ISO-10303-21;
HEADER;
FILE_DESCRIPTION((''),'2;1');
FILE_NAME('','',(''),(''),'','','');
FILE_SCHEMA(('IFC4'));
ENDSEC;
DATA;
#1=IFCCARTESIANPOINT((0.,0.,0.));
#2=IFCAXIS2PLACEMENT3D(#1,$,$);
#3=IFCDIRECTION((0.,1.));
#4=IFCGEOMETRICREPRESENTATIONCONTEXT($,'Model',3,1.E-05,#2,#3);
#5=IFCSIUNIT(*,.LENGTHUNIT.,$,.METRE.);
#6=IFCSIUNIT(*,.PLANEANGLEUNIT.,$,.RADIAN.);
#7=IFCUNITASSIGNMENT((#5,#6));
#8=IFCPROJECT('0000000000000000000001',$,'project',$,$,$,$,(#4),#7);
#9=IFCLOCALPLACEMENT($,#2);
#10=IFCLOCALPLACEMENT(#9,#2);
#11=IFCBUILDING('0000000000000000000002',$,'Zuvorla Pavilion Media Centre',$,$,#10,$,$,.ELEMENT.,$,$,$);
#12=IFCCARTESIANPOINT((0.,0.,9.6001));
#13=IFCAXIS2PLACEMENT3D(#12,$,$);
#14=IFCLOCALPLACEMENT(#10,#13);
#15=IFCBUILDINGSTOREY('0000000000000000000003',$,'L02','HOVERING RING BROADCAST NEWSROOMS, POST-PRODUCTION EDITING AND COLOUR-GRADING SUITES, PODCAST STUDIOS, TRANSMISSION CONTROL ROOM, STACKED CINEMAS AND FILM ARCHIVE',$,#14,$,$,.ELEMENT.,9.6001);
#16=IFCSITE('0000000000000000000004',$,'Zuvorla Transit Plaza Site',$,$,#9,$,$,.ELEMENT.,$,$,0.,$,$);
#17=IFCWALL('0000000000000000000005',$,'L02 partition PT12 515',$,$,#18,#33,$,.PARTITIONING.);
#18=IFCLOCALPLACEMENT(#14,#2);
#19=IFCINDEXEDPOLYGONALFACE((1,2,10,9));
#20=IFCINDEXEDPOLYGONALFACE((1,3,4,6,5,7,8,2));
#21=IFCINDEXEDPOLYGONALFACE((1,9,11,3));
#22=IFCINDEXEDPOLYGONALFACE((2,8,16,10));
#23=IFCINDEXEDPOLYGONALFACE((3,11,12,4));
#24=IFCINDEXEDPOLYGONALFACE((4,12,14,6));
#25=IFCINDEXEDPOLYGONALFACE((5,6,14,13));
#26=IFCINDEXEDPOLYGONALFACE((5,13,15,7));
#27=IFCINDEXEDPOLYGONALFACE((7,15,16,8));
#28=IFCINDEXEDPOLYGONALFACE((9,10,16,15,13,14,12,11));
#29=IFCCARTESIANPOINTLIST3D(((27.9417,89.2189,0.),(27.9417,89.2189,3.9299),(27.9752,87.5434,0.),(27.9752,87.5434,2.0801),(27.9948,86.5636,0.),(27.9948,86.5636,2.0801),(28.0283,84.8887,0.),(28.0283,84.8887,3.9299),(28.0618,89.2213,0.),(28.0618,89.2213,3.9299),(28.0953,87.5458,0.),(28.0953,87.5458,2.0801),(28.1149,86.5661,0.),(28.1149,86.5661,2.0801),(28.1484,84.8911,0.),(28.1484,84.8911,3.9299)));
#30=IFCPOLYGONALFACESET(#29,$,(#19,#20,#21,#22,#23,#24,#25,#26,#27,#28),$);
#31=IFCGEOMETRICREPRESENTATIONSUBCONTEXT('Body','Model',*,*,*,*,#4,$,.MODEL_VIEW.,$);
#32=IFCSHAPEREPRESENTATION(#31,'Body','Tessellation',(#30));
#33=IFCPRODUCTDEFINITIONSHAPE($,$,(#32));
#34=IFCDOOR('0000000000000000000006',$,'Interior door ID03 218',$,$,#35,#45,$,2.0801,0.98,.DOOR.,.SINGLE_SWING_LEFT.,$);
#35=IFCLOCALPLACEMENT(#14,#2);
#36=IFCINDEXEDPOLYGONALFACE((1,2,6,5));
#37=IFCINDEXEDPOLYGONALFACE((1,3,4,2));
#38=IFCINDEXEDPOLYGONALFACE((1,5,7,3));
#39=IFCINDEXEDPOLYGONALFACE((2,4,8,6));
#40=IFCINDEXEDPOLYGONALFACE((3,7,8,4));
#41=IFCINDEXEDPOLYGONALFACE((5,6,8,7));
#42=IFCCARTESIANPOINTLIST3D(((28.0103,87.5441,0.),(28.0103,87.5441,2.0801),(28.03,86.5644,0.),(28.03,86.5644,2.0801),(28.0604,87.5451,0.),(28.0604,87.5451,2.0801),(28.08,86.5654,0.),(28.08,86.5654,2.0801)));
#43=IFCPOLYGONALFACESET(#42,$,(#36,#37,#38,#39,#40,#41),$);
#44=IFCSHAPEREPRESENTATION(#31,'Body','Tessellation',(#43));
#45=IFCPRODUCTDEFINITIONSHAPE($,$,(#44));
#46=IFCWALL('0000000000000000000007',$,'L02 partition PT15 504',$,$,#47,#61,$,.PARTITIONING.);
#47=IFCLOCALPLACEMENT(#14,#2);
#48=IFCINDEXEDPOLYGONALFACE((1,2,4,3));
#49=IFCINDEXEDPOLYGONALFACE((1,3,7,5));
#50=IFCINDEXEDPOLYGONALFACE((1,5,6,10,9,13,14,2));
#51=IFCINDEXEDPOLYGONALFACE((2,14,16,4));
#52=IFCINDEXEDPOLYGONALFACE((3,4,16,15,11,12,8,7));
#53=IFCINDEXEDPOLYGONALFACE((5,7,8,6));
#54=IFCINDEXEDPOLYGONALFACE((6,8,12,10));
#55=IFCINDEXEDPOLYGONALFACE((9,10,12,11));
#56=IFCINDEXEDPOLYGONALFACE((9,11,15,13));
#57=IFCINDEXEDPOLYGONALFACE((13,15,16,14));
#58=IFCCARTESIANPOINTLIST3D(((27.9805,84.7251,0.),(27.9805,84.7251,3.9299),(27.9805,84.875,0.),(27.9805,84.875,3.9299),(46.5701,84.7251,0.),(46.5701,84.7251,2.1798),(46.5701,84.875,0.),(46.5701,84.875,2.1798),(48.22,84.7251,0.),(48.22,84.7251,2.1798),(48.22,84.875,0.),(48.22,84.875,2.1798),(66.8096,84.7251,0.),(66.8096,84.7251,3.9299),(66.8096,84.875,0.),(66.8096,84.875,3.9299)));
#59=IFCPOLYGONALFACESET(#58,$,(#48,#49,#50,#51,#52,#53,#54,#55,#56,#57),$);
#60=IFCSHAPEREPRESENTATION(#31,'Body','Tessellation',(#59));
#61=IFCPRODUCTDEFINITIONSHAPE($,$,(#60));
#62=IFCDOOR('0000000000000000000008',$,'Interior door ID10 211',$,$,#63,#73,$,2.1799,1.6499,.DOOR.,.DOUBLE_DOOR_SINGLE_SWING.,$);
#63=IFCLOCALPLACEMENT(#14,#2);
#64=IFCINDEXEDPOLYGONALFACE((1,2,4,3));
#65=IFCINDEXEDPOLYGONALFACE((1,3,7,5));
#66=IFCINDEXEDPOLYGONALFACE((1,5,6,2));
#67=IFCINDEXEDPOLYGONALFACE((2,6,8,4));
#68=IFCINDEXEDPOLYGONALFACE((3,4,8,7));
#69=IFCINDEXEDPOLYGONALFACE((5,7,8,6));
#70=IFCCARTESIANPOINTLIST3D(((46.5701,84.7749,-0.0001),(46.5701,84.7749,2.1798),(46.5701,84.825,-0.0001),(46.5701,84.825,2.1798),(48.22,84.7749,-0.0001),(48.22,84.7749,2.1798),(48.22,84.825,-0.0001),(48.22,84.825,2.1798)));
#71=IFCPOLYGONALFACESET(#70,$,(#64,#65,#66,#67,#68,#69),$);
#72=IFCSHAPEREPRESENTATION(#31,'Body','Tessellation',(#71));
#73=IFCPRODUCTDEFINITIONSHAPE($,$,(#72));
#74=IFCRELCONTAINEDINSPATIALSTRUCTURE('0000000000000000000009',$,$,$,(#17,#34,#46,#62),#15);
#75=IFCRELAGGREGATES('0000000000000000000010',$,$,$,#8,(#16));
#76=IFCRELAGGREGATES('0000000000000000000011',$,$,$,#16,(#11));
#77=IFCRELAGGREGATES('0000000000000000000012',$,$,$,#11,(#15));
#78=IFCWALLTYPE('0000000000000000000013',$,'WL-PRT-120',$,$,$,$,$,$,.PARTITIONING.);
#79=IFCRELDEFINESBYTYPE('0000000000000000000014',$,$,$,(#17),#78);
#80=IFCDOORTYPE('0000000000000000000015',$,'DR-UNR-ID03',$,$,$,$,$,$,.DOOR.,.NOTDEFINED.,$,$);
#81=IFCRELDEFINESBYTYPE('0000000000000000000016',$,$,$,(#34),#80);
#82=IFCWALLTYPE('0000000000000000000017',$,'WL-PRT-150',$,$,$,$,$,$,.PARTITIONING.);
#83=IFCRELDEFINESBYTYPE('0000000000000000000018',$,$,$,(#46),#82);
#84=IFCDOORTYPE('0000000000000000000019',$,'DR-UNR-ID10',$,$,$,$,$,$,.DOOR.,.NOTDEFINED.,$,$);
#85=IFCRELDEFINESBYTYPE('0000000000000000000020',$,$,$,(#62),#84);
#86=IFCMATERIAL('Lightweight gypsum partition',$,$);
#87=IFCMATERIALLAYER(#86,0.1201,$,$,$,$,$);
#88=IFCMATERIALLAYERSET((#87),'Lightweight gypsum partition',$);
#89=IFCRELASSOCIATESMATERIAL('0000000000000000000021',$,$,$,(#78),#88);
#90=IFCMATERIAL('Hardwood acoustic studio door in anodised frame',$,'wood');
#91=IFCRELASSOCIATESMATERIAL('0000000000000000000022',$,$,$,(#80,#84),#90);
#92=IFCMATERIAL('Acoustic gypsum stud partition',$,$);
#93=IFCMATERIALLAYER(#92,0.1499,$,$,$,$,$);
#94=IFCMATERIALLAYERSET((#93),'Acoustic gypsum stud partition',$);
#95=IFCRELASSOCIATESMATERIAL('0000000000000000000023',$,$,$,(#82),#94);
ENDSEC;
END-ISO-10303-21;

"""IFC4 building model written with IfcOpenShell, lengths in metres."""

from ifc_helpers import new_model, si_unit, direction, frame, frame_2d, origin, place, context, subcontext, project, spatial, rectangle, extrude, material, layer, layer_set, type_object, element, fill, save


model = new_model("IFC4")

# Units and contexts
model_context = context("Model", 3, precision=1e-05, world=origin(), true_north=direction((0.0, 1.0)))
body_context = subcontext(model_context, "Body", "Model", "MODEL_VIEW")
ifc_project = project(units=[si_unit("LENGTHUNIT", "METRE"), si_unit("PLANEANGLEUNIT", "RADIAN")], contexts=[model_context])

# Site, building, storey
site_placement = place(None, origin())
site = spatial("IfcSite", under=ifc_project, at=site_placement, Name="Zuvorla Transit Plaza Site", CompositionType="ELEMENT", RefElevation=0.0)
building_placement = place(site_placement, origin())
building = spatial("IfcBuilding", under=site, at=building_placement, Name="Zuvorla Pavilion Media Centre", CompositionType="ELEMENT")
storey_placement = place(building_placement, frame((0.0, 0.0, 9.6001)))
storey = spatial("IfcBuildingStorey", under=building, at=storey_placement, Name="L02", Description="HOVERING RING BROADCAST NEWSROOMS, POST-PRODUCTION EDITING AND COLOUR-GRADING SUITES, PODCAST STUDIOS, TRANSMISSION CONTROL ROOM, STACKED CINEMAS AND FILM ARCHIVE", CompositionType="ELEMENT", Elevation=9.6001)

# Walls, openings, doors
ifc_material_1 = material(Name="Lightweight gypsum partition")
ifc_layer_1 = layer(ifc_material_1, 0.1201)
ifc_layer_set_1 = layer_set([ifc_layer_1], Name="Lightweight gypsum partition")
wall_type_1 = type_object("IfcWallType", Name="WL-PRT-120", PredefinedType="PARTITIONING", material=ifc_layer_set_1)
wall_1_placement = place(storey_placement, frame((28.0884, 84.8899, 0.0), z_axis=(0.0, 0.0, 1.0), x_axis=(-0.020012, 0.9998, 0.0)))
wall_1 = element("IfcWall", 1, at=wall_1_placement, inside=storey, type_object=wall_type_1, Name="L02 partition PT12 515", PredefinedType="PARTITIONING", context=body_context, shape_type="SweptSolid", body=[
    extrude(rectangle(XDim=4.3311, YDim=0.1201, at=frame_2d((2.1655, 0.0))), origin(), (0.0, 0.0, 1.0), 3.9299),
])
opening_1_placement = place(wall_1_placement, frame((1.6753, 0.0, 0.0)))
opening_1 = element("IfcOpeningElement", 2, at=opening_1_placement, cuts=wall_1, PredefinedType="OPENING", context=body_context, shape_type="SweptSolid", body=[
    extrude(rectangle(XDim=0.98, YDim=2.0801, at=frame_2d((0.49, 1.04))), frame((0.0, 0.0701, 0.0), z_axis=(0.0, -1.0, 0.0), x_axis=(1.0, 0.0, 0.0)), (0.0, 0.0, 1.0), 0.1401),
])
ifc_material_2 = material(Name="Hardwood acoustic studio door in anodised frame", Category="wood")
door_type_1 = type_object("IfcDoorType", Name="DR-UNR-ID03", OperationType="NOTDEFINED", PredefinedType="DOOR", material=ifc_material_2)
door_1_placement = place(opening_1_placement, origin())
door_1 = element("IfcDoor", 3, at=door_1_placement, inside=storey, type_object=door_type_1, Name="Interior door ID03 218", OperationType="SINGLE_SWING_LEFT", OverallHeight=2.0801, OverallWidth=0.98, PredefinedType="DOOR", context=body_context, shape_type="SweptSolid", body=[
    extrude(rectangle(XDim=0.98, YDim=2.0801, at=frame_2d((0.49, 1.04))), frame((0.0, 0.0249, 0.0), z_axis=(0.0, -1.0, 0.0), x_axis=(1.0, 0.0, 0.0)), (0.0, 0.0, 1.0), 0.05),
])
fill(opening_1, door_1)
ifc_material_3 = material(Name="Acoustic gypsum stud partition")
ifc_layer_2 = layer(ifc_material_3, 0.1499)
ifc_layer_set_2 = layer_set([ifc_layer_2], Name="Acoustic gypsum stud partition")
wall_type_2 = type_object("IfcWallType", Name="WL-PRT-150", PredefinedType="PARTITIONING", material=ifc_layer_set_2)
wall_2_placement = place(storey_placement, frame((27.9805, 84.8, 0.0), z_axis=(0.0, 0.0, 1.0), x_axis=(1.0, 0.0, 0.0)))
wall_2 = element("IfcWall", 4, at=wall_2_placement, inside=storey, type_object=wall_type_2, Name="L02 partition PT15 504", PredefinedType="PARTITIONING", context=body_context, shape_type="SweptSolid", body=[
    extrude(rectangle(XDim=38.8291, YDim=0.1499, at=frame_2d((19.4146, 0.0))), origin(), (0.0, 0.0, 1.0), 3.9299),
])
opening_2_placement = place(wall_2_placement, frame((18.5896, 0.0, 0.0)))
opening_2 = element("IfcOpeningElement", 5, at=opening_2_placement, cuts=wall_2, PredefinedType="OPENING", context=body_context, shape_type="SweptSolid", body=[
    extrude(rectangle(XDim=1.6499, YDim=2.1799, at=frame_2d((0.825, 1.0898))), frame((0.0, 0.085, 0.0), z_axis=(0.0, -1.0, 0.0), x_axis=(1.0, 0.0, 0.0)), (0.0, 0.0, 1.0), 0.1699),
])
door_type_2 = type_object("IfcDoorType", Name="DR-UNR-ID10", OperationType="NOTDEFINED", PredefinedType="DOOR", material=ifc_material_2)
door_2_placement = place(opening_2_placement, origin())
door_2 = element("IfcDoor", 6, at=door_2_placement, inside=storey, type_object=door_type_2, Name="Interior door ID10 211", OperationType="DOUBLE_DOOR_SINGLE_SWING", OverallHeight=2.1799, OverallWidth=1.6499, PredefinedType="DOOR", context=body_context, shape_type="SweptSolid", body=[
    extrude(rectangle(XDim=1.6499, YDim=2.1799, at=frame_2d((0.825, 1.0898))), frame((0.0, 0.0249, 0.0), z_axis=(0.0, -1.0, 0.0), x_axis=(1.0, 0.0, 0.0)), (0.0, 0.0, 1.0), 0.05),
])
fill(opening_2, door_2)

save(model, "model.ifc")
